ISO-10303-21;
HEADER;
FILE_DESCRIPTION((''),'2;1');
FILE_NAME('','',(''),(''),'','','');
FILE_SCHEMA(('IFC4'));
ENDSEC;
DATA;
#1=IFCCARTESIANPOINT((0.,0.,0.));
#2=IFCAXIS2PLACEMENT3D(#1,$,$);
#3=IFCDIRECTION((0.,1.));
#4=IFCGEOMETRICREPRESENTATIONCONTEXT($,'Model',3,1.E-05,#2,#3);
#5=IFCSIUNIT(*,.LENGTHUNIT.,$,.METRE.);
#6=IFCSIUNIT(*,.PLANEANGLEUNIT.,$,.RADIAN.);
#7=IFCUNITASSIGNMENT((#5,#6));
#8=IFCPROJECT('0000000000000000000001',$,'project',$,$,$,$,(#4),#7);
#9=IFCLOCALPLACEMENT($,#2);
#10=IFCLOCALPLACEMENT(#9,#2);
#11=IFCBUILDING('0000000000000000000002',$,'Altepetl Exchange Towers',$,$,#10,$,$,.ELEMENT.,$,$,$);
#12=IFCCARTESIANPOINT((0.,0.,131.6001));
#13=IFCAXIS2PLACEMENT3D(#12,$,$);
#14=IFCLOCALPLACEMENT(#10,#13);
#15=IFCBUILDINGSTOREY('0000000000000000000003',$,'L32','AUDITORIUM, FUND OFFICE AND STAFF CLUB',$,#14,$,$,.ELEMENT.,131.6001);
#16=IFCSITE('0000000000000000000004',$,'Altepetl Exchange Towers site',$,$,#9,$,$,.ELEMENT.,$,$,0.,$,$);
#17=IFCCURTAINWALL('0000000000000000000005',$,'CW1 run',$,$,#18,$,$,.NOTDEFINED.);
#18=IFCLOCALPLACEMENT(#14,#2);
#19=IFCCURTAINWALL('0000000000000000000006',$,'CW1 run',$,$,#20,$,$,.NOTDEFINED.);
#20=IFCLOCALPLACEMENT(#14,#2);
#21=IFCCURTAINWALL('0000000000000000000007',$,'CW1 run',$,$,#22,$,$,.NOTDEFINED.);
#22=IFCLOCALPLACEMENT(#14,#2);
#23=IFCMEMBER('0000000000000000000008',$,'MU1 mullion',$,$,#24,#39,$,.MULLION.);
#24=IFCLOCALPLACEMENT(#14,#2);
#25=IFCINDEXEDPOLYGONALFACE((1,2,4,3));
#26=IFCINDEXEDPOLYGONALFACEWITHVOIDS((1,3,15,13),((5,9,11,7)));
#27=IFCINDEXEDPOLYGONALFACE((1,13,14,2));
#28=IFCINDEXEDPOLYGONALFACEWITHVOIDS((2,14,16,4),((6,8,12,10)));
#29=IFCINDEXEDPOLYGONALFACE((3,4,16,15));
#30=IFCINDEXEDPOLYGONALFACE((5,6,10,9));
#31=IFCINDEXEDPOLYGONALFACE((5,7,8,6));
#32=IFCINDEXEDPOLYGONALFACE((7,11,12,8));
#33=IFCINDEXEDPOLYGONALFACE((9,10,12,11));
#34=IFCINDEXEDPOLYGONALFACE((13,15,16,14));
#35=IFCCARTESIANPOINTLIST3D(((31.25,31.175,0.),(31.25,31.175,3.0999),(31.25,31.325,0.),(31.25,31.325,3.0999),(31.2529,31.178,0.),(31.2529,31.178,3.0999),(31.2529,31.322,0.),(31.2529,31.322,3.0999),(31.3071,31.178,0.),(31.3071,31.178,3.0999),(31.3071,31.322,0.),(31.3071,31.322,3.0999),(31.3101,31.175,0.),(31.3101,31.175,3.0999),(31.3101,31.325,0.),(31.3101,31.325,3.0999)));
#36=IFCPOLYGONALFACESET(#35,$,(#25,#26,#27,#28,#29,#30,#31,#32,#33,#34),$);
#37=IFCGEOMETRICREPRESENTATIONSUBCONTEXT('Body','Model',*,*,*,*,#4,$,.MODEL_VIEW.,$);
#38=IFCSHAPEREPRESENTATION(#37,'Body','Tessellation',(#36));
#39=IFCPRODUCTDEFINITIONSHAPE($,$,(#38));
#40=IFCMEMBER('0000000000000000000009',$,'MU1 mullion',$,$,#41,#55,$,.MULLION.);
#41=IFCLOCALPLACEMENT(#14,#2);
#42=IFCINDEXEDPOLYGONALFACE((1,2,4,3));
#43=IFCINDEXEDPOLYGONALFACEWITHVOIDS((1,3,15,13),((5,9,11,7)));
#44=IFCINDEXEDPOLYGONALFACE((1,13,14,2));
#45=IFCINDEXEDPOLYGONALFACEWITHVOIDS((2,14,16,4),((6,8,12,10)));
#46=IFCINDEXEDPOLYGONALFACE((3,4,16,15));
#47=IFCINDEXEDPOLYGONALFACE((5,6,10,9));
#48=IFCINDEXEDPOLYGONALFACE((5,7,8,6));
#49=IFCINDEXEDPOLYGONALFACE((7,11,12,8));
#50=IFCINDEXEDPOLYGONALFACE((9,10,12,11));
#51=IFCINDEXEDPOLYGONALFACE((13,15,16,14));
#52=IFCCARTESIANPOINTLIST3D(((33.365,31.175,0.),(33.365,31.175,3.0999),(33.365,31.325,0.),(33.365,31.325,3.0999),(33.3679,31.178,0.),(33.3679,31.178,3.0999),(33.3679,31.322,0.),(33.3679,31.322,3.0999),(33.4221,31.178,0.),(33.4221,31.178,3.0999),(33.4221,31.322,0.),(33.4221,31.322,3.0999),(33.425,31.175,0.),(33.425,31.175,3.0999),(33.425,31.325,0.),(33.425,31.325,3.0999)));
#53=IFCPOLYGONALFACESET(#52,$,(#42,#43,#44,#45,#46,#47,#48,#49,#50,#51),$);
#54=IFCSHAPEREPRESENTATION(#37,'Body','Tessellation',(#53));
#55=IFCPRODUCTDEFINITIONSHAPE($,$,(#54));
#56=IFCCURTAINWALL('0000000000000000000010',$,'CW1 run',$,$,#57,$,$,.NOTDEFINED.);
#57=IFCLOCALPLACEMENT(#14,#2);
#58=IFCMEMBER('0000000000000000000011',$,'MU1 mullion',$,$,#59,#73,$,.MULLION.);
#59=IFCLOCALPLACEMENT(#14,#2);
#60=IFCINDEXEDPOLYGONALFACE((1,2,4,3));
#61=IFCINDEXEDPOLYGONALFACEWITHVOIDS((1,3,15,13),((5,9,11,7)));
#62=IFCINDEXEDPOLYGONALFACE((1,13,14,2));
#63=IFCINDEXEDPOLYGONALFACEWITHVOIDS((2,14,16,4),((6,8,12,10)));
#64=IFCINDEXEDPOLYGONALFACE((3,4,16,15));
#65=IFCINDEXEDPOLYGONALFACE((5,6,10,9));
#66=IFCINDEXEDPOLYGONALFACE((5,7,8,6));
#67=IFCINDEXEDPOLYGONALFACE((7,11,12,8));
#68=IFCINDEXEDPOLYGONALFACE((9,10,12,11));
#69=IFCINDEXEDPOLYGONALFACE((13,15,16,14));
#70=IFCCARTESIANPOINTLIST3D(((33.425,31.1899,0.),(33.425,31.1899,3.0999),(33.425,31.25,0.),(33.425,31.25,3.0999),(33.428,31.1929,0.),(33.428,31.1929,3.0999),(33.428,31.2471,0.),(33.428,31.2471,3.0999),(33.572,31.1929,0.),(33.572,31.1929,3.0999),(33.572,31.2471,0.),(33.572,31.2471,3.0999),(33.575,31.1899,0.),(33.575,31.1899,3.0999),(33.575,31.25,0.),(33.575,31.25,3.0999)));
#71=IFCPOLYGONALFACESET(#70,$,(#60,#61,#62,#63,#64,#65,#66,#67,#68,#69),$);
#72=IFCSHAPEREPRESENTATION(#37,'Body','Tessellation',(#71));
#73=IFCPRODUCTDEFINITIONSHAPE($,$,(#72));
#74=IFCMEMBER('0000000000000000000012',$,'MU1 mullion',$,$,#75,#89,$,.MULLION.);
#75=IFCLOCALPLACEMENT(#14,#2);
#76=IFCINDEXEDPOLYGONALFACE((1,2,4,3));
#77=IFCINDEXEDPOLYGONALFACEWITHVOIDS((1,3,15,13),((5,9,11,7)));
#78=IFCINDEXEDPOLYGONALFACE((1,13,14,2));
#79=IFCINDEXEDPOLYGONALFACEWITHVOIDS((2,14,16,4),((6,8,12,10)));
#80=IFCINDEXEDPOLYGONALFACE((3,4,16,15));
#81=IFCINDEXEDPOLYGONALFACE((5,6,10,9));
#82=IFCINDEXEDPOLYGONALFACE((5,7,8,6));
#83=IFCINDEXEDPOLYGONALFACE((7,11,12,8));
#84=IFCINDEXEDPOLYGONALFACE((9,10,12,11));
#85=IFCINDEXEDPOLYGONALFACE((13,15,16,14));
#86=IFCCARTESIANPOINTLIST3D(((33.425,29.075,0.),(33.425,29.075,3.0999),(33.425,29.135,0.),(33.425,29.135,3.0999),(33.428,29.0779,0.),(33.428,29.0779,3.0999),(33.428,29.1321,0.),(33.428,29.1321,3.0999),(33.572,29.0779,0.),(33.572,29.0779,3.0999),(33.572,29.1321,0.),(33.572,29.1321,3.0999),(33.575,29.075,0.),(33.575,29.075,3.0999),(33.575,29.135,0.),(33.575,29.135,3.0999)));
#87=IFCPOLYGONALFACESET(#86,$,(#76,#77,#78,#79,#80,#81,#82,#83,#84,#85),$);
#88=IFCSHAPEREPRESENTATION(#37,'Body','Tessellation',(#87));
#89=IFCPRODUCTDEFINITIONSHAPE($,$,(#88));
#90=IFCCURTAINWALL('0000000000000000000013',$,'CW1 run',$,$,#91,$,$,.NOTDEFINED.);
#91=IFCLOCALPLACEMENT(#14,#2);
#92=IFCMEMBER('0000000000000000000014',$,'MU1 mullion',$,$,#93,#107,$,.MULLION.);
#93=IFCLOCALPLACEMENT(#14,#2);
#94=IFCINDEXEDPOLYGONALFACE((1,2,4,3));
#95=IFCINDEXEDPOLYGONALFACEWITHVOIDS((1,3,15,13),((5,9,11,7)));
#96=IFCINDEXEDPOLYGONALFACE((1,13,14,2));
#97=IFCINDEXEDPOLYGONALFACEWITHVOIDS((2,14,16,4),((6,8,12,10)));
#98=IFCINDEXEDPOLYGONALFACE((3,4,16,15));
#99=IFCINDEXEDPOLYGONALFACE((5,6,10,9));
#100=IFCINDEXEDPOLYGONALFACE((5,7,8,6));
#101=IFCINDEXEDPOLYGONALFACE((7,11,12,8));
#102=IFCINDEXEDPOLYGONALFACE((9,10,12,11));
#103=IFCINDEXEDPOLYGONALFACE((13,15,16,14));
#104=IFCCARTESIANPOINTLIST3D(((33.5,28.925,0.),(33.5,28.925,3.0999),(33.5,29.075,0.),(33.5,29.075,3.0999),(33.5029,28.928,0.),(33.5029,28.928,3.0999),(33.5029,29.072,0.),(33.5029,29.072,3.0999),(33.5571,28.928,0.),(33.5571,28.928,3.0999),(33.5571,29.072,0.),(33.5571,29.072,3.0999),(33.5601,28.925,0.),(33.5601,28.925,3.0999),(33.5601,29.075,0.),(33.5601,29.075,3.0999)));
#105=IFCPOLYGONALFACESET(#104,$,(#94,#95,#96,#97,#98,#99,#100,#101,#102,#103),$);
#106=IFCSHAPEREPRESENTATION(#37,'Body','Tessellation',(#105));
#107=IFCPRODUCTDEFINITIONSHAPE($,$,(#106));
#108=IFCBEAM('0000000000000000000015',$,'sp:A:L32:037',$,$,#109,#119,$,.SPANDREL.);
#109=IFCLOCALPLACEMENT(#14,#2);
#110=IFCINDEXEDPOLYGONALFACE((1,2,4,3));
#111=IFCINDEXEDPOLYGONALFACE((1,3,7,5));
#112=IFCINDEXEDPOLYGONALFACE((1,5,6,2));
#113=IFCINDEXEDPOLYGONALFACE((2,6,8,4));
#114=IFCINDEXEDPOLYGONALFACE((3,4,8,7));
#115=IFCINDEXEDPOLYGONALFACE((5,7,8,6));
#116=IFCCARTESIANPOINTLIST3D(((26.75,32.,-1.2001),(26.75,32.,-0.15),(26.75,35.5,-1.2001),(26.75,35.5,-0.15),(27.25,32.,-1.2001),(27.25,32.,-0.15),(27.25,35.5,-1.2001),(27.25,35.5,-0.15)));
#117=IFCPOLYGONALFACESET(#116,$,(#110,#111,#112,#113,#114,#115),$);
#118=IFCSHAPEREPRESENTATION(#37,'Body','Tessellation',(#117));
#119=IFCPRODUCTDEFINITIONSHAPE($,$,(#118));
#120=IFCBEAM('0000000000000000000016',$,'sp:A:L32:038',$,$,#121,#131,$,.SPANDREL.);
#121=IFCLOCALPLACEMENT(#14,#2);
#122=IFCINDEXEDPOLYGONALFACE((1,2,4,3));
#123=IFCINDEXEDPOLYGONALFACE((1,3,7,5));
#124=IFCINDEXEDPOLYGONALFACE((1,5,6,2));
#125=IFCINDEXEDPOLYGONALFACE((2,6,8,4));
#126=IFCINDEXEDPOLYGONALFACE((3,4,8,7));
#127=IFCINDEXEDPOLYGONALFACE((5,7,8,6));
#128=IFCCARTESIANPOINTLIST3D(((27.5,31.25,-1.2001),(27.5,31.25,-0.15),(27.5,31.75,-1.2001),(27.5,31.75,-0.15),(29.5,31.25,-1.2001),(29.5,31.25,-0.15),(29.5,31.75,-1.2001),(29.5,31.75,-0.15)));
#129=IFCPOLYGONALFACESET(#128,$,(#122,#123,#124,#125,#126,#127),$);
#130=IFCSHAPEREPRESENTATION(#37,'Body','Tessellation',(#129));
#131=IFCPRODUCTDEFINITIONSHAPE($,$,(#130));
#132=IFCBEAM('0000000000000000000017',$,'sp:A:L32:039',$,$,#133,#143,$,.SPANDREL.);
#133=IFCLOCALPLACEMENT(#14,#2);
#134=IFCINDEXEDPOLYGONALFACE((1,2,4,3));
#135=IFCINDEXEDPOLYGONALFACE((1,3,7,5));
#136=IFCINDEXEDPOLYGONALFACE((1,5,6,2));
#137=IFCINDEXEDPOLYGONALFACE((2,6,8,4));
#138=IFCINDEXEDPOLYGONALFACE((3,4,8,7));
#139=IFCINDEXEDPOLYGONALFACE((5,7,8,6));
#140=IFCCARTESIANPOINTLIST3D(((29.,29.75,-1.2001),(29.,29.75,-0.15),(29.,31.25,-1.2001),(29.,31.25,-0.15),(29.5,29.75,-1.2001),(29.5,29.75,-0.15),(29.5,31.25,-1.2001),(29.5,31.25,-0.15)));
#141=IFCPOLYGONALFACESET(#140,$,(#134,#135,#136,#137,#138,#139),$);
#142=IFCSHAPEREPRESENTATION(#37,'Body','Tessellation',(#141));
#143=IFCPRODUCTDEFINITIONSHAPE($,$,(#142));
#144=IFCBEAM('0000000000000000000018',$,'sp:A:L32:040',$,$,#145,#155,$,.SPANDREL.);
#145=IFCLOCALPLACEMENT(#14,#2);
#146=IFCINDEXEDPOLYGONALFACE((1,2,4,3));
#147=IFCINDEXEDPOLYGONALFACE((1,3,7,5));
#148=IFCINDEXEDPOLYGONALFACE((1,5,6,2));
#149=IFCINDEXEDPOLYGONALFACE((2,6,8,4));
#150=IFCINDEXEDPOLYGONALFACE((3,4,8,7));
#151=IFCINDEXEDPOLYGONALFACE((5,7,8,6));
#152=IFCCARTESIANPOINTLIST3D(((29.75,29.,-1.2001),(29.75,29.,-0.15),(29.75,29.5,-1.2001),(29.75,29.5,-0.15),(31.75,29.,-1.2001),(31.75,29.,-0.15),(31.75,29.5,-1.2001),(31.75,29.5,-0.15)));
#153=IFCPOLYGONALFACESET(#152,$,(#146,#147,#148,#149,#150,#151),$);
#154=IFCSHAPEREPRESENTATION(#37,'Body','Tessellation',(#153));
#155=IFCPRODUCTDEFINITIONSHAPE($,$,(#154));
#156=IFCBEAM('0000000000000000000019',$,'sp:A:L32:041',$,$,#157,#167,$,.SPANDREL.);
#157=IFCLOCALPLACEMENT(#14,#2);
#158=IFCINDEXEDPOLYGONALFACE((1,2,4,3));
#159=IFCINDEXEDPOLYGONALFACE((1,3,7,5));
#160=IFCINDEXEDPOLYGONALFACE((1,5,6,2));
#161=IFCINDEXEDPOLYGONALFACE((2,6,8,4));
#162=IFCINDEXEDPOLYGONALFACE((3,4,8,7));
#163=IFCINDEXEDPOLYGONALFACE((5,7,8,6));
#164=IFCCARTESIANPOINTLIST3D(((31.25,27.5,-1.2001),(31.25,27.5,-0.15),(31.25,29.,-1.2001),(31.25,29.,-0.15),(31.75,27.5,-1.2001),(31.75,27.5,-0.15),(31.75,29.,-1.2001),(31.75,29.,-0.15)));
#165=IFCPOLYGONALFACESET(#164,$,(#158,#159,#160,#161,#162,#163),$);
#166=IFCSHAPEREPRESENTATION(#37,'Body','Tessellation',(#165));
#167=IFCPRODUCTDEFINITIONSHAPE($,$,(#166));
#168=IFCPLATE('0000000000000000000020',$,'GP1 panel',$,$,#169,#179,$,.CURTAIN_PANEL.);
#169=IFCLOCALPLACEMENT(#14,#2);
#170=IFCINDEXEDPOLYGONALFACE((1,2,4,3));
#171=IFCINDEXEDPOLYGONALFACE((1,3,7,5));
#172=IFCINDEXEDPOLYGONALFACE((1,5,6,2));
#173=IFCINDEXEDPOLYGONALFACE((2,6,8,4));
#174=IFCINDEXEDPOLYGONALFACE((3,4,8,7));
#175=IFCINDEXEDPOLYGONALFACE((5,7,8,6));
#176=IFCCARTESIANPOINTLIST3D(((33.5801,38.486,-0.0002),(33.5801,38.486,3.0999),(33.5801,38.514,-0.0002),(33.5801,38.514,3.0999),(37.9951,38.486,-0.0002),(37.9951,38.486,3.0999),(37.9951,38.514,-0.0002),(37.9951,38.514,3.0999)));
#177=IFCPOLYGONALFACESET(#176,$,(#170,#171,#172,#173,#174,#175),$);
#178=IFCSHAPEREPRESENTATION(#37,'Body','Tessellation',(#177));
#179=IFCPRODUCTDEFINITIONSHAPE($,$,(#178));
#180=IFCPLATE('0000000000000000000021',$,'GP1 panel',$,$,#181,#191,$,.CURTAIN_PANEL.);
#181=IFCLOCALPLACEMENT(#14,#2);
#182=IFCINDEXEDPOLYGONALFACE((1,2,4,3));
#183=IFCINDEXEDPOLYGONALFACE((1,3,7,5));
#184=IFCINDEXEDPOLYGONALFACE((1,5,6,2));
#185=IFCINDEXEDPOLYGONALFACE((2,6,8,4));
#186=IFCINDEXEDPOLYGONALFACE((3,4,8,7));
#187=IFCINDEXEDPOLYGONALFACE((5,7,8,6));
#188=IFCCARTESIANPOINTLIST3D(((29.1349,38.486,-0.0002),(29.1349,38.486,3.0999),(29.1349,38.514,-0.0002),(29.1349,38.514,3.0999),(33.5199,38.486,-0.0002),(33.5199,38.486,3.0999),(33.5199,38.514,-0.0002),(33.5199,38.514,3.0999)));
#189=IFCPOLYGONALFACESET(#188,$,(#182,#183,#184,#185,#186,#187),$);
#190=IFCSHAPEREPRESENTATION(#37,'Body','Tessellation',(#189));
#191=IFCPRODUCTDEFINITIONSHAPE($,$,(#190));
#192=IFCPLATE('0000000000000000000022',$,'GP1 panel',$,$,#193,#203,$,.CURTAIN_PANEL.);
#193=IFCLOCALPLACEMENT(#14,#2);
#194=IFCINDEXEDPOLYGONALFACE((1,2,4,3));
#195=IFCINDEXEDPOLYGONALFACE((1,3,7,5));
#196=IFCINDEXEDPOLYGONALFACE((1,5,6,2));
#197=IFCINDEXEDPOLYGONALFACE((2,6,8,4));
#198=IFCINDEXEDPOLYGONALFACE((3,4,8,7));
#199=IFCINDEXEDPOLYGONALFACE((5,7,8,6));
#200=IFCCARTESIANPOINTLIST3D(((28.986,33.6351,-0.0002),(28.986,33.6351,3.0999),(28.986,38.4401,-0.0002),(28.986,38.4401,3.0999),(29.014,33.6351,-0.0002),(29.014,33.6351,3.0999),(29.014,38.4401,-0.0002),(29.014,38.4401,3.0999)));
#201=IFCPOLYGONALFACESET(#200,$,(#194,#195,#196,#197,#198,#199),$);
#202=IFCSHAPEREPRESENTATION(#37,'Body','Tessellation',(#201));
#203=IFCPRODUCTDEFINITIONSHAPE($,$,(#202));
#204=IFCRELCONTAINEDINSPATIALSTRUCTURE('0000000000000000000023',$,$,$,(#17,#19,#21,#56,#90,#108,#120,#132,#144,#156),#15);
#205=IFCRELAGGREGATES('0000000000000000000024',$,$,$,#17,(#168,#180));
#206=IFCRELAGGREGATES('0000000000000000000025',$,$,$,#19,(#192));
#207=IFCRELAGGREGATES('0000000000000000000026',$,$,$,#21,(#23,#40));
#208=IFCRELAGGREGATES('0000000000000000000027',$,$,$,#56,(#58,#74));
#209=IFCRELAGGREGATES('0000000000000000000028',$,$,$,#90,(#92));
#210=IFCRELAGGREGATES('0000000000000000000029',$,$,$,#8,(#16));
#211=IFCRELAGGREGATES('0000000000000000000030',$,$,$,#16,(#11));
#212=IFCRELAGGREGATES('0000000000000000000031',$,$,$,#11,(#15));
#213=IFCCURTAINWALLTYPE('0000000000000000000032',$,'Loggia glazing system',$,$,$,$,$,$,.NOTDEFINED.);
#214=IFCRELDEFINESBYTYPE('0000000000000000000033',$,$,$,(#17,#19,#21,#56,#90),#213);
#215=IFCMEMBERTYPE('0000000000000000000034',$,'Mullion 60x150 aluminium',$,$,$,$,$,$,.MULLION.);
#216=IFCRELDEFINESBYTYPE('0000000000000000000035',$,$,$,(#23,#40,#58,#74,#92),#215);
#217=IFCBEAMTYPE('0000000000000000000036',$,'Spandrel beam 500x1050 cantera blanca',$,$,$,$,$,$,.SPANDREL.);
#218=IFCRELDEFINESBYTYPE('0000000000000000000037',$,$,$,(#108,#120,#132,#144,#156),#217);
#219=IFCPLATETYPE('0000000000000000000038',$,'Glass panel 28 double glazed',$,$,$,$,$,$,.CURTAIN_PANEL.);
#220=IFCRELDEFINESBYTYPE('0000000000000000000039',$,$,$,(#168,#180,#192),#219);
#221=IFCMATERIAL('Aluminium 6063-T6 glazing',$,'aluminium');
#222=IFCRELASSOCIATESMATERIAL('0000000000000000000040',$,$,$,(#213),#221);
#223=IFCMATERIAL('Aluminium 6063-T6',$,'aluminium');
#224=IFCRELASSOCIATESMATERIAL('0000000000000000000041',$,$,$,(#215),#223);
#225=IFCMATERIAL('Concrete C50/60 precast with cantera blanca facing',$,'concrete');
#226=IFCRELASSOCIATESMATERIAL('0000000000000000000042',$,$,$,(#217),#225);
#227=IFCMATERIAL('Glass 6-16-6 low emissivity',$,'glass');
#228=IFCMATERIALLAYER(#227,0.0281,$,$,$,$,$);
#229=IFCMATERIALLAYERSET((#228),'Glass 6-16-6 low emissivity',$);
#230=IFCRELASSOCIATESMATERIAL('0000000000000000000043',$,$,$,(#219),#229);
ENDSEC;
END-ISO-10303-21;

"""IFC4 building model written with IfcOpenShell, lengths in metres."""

from ifc_helpers import new_model, si_unit, direction, frame, origin, origin_2d, place, context, subcontext, project, spatial, rectangle, hollow_rectangle, extrude, material, layer, layer_set, material_profile, profile_set, type_object, element, aggregate, save


model = new_model("IFC4")

# Units and contexts
model_context = context("Model", 3, precision=1e-05, world=origin(), true_north=direction((0.0, 1.0)))
body_context = subcontext(model_context, "Body", "Model", "MODEL_VIEW")
ifc_project = project(units=[si_unit("LENGTHUNIT", "METRE"), si_unit("PLANEANGLEUNIT", "RADIAN")], contexts=[model_context])

# Site, building, storey
site_placement = place(None, origin())
site = spatial("IfcSite", under=ifc_project, at=site_placement, Name="Altepetl Exchange Towers site", CompositionType="ELEMENT", RefElevation=0.0)
building_placement = place(site_placement, origin())
building = spatial("IfcBuilding", under=site, at=building_placement, Name="Altepetl Exchange Towers", CompositionType="ELEMENT")
storey_placement = place(building_placement, frame((0.0, 0.0, 131.6001)))
storey = spatial("IfcBuildingStorey", under=building, at=storey_placement, Name="L32", Description="AUDITORIUM, FUND OFFICE AND STAFF CLUB", CompositionType="ELEMENT", Elevation=131.6001)

# Curtain walls, members
ifc_material_1 = material(Name="Aluminium 6063-T6 glazing", Category="aluminium")
curtain_wall_type = type_object("IfcCurtainWallType", Name="Loggia glazing system", PredefinedType="NOTDEFINED", material=ifc_material_1)
curtain_wall_1_placement = place(storey_placement, origin())
curtain_wall_1 = element("IfcCurtainWall", 1, at=curtain_wall_1_placement, inside=storey, type_object=curtain_wall_type, Name="CW1 run", PredefinedType="NOTDEFINED")
ifc_material_2 = material(Name="Aluminium 6063-T6", Category="aluminium")
ifc_material_profile_1 = material_profile(ifc_material_2, hollow_rectangle(XDim=0.0601, YDim=0.1499, WallThickness=0.0029, at=origin_2d()), Name="Mullion 60x150 aluminium")
ifc_profile_set_1 = profile_set([ifc_material_profile_1], Name="Aluminium 6063-T6")
member_type = type_object("IfcMemberType", Name="Mullion 60x150 aluminium", PredefinedType="MULLION", material=ifc_profile_set_1)
curtain_wall_2_placement = place(storey_placement, origin())
curtain_wall_2 = element("IfcCurtainWall", 2, at=curtain_wall_2_placement, inside=storey, type_object=curtain_wall_type, Name="CW1 run", PredefinedType="NOTDEFINED")
curtain_wall_3_placement = place(storey_placement, origin())
curtain_wall_3 = element("IfcCurtainWall", 3, at=curtain_wall_3_placement, inside=storey, type_object=curtain_wall_type, Name="CW1 run", PredefinedType="NOTDEFINED")
member_1_placement = place(storey_placement, frame((31.28, 31.25, 0.0)))
member_1 = element("IfcMember", 4, at=member_1_placement, type_object=member_type, Name="MU1 mullion", PredefinedType="MULLION", context=body_context, shape_type="SweptSolid", body=[
    extrude(hollow_rectangle(XDim=0.0601, YDim=0.1499, WallThickness=0.0029, at=origin_2d()), origin(), (0.0, 0.0, 1.0), 3.0999),
])
member_2_placement = place(storey_placement, frame((33.395, 31.25, 0.0)))
member_2 = element("IfcMember", 5, at=member_2_placement, type_object=member_type, Name="MU1 mullion", PredefinedType="MULLION", context=body_context, shape_type="SweptSolid", body=[
    extrude(hollow_rectangle(XDim=0.0601, YDim=0.1499, WallThickness=0.0029, at=origin_2d()), origin(), (0.0, 0.0, 1.0), 3.0999),
])
curtain_wall_4_placement = place(storey_placement, origin())
curtain_wall_4 = element("IfcCurtainWall", 6, at=curtain_wall_4_placement, inside=storey, type_object=curtain_wall_type, Name="CW1 run", PredefinedType="NOTDEFINED")
member_3_placement = place(storey_placement, frame((33.5, 31.22, 0.0), z_axis=(0.0, 0.0, 1.0), x_axis=(0.0, -1.0, 0.0)))
member_3 = element("IfcMember", 7, at=member_3_placement, type_object=member_type, Name="MU1 mullion", PredefinedType="MULLION", context=body_context, shape_type="SweptSolid", body=[
    extrude(hollow_rectangle(XDim=0.0601, YDim=0.1499, WallThickness=0.0029, at=origin_2d()), origin(), (0.0, 0.0, 1.0), 3.0999),
])
member_4_placement = place(storey_placement, frame((33.5, 29.105, 0.0), z_axis=(0.0, 0.0, 1.0), x_axis=(0.0, -1.0, 0.0)))
member_4 = element("IfcMember", 8, at=member_4_placement, type_object=member_type, Name="MU1 mullion", PredefinedType="MULLION", context=body_context, shape_type="SweptSolid", body=[
    extrude(hollow_rectangle(XDim=0.0601, YDim=0.1499, WallThickness=0.0029, at=origin_2d()), origin(), (0.0, 0.0, 1.0), 3.0999),
])

# Curtain wall, member
curtain_wall_5_placement = place(storey_placement, origin())
curtain_wall_5 = element("IfcCurtainWall", 9, at=curtain_wall_5_placement, inside=storey, type_object=curtain_wall_type, Name="CW1 run", PredefinedType="NOTDEFINED")
member_5_placement = place(storey_placement, frame((33.53, 29.0, 0.0)))
member_5 = element("IfcMember", 10, at=member_5_placement, type_object=member_type, Name="MU1 mullion", PredefinedType="MULLION", context=body_context, shape_type="SweptSolid", body=[
    extrude(hollow_rectangle(XDim=0.0601, YDim=0.1499, WallThickness=0.0029, at=origin_2d()), origin(), (0.0, 0.0, 1.0), 3.0999),
])

# Beams
ifc_material_3 = material(Name="Concrete C50/60 precast with cantera blanca facing", Category="concrete")
ifc_material_profile_2 = material_profile(ifc_material_3, rectangle(XDim=0.5, YDim=1.05, at=origin_2d()), Name="500 x 1050")
ifc_profile_set_2 = profile_set([ifc_material_profile_2], Name="Concrete C50/60 precast with cantera blanca facing")
beam_type_1 = type_object("IfcBeamType", Name="Spandrel beam 500x1050 cantera blanca", PredefinedType="SPANDREL", material=ifc_profile_set_2)
beam_1_placement = place(storey_placement, frame((27.0, 35.5, -0.675), z_axis=(0.0, -1.0, 0.0), x_axis=(1.0, 0.0, 0.0)))
element("IfcBeam", 11, at=beam_1_placement, inside=storey, type_object=beam_type_1, Name="sp:A:L32:037", PredefinedType="SPANDREL", context=body_context, shape_type="SweptSolid", body=[
    extrude(rectangle(XDim=0.5, YDim=1.05, at=origin_2d()), origin(), (0.0, 0.0, 1.0), 3.5),
])
beam_2_placement = place(storey_placement, frame((27.5, 31.5, -0.675), z_axis=(1.0, 0.0, 0.0), x_axis=(0.0, 1.0, 0.0)))
element("IfcBeam", 12, at=beam_2_placement, inside=storey, type_object=beam_type_1, Name="sp:A:L32:038", PredefinedType="SPANDREL", context=body_context, shape_type="SweptSolid", body=[
    extrude(rectangle(XDim=0.5, YDim=1.05, at=origin_2d()), origin(), (0.0, 0.0, 1.0), 2.0),
])
beam_3_placement = place(storey_placement, frame((29.25, 31.25, -0.675), z_axis=(0.0, -1.0, 0.0), x_axis=(1.0, 0.0, 0.0)))
element("IfcBeam", 13, at=beam_3_placement, inside=storey, type_object=beam_type_1, Name="sp:A:L32:039", PredefinedType="SPANDREL", context=body_context, shape_type="SweptSolid", body=[
    extrude(rectangle(XDim=0.5, YDim=1.05, at=origin_2d()), origin(), (0.0, 0.0, 1.0), 1.5),
])
beam_4_placement = place(storey_placement, frame((29.75, 29.25, -0.675), z_axis=(1.0, 0.0, 0.0), x_axis=(0.0, 1.0, 0.0)))
element("IfcBeam", 14, at=beam_4_placement, inside=storey, type_object=beam_type_1, Name="sp:A:L32:040", PredefinedType="SPANDREL", context=body_context, shape_type="SweptSolid", body=[
    extrude(rectangle(XDim=0.5, YDim=1.05, at=origin_2d()), origin(), (0.0, 0.0, 1.0), 2.0),
])
beam_5_placement = place(storey_placement, frame((31.5, 29.0, -0.675), z_axis=(0.0, -1.0, 0.0), x_axis=(1.0, 0.0, 0.0)))
element("IfcBeam", 15, at=beam_5_placement, inside=storey, type_object=beam_type_1, Name="sp:A:L32:041", PredefinedType="SPANDREL", context=body_context, shape_type="SweptSolid", body=[
    extrude(rectangle(XDim=0.5, YDim=1.05, at=origin_2d()), origin(), (0.0, 0.0, 1.0), 1.5),
])

# Plates
ifc_material_4 = material(Name="Glass 6-16-6 low emissivity", Category="glass")
ifc_layer = layer(ifc_material_4, 0.0281)
ifc_layer_set = layer_set([ifc_layer], Name="Glass 6-16-6 low emissivity")
plate_type = type_object("IfcPlateType", Name="Glass panel 28 double glazed", PredefinedType="CURTAIN_PANEL", material=ifc_layer_set)
plate_1_placement = place(storey_placement, frame((35.7876, 38.5, -0.0002), z_axis=(0.0, 0.0, 1.0), x_axis=(-1.0, 0.0, 0.0)))
plate_1 = element("IfcPlate", 16, at=plate_1_placement, type_object=plate_type, Name="GP1 panel", PredefinedType="CURTAIN_PANEL", context=body_context, shape_type="SweptSolid", body=[
    extrude(rectangle(XDim=4.415, YDim=0.0281, at=origin_2d()), origin(), (0.0, 0.0, 1.0), 3.1001),
])
plate_2_placement = place(storey_placement, frame((31.3274, 38.5, -0.0002), z_axis=(0.0, 0.0, 1.0), x_axis=(-1.0, 0.0, 0.0)))
plate_2 = element("IfcPlate", 17, at=plate_2_placement, type_object=plate_type, Name="GP1 panel", PredefinedType="CURTAIN_PANEL", context=body_context, shape_type="SweptSolid", body=[
    extrude(rectangle(XDim=4.385, YDim=0.0281, at=origin_2d()), origin(), (0.0, 0.0, 1.0), 3.1001),
])
aggregate(curtain_wall_1, [plate_1, plate_2])
plate_3_placement = place(storey_placement, frame((29.0, 36.0376, -0.0002), z_axis=(0.0, 0.0, 1.0), x_axis=(0.0, -1.0, 0.0)))
plate_3 = element("IfcPlate", 18, at=plate_3_placement, type_object=plate_type, Name="GP1 panel", PredefinedType="CURTAIN_PANEL", context=body_context, shape_type="SweptSolid", body=[
    extrude(rectangle(XDim=4.8049, YDim=0.0281, at=origin_2d()), origin(), (0.0, 0.0, 1.0), 3.1001),
])
aggregate(curtain_wall_2, [plate_3])
aggregate(curtain_wall_3, [member_1, member_2])
aggregate(curtain_wall_4, [member_3, member_4])
aggregate(curtain_wall_5, [member_5])

save(model, "model.ifc")
